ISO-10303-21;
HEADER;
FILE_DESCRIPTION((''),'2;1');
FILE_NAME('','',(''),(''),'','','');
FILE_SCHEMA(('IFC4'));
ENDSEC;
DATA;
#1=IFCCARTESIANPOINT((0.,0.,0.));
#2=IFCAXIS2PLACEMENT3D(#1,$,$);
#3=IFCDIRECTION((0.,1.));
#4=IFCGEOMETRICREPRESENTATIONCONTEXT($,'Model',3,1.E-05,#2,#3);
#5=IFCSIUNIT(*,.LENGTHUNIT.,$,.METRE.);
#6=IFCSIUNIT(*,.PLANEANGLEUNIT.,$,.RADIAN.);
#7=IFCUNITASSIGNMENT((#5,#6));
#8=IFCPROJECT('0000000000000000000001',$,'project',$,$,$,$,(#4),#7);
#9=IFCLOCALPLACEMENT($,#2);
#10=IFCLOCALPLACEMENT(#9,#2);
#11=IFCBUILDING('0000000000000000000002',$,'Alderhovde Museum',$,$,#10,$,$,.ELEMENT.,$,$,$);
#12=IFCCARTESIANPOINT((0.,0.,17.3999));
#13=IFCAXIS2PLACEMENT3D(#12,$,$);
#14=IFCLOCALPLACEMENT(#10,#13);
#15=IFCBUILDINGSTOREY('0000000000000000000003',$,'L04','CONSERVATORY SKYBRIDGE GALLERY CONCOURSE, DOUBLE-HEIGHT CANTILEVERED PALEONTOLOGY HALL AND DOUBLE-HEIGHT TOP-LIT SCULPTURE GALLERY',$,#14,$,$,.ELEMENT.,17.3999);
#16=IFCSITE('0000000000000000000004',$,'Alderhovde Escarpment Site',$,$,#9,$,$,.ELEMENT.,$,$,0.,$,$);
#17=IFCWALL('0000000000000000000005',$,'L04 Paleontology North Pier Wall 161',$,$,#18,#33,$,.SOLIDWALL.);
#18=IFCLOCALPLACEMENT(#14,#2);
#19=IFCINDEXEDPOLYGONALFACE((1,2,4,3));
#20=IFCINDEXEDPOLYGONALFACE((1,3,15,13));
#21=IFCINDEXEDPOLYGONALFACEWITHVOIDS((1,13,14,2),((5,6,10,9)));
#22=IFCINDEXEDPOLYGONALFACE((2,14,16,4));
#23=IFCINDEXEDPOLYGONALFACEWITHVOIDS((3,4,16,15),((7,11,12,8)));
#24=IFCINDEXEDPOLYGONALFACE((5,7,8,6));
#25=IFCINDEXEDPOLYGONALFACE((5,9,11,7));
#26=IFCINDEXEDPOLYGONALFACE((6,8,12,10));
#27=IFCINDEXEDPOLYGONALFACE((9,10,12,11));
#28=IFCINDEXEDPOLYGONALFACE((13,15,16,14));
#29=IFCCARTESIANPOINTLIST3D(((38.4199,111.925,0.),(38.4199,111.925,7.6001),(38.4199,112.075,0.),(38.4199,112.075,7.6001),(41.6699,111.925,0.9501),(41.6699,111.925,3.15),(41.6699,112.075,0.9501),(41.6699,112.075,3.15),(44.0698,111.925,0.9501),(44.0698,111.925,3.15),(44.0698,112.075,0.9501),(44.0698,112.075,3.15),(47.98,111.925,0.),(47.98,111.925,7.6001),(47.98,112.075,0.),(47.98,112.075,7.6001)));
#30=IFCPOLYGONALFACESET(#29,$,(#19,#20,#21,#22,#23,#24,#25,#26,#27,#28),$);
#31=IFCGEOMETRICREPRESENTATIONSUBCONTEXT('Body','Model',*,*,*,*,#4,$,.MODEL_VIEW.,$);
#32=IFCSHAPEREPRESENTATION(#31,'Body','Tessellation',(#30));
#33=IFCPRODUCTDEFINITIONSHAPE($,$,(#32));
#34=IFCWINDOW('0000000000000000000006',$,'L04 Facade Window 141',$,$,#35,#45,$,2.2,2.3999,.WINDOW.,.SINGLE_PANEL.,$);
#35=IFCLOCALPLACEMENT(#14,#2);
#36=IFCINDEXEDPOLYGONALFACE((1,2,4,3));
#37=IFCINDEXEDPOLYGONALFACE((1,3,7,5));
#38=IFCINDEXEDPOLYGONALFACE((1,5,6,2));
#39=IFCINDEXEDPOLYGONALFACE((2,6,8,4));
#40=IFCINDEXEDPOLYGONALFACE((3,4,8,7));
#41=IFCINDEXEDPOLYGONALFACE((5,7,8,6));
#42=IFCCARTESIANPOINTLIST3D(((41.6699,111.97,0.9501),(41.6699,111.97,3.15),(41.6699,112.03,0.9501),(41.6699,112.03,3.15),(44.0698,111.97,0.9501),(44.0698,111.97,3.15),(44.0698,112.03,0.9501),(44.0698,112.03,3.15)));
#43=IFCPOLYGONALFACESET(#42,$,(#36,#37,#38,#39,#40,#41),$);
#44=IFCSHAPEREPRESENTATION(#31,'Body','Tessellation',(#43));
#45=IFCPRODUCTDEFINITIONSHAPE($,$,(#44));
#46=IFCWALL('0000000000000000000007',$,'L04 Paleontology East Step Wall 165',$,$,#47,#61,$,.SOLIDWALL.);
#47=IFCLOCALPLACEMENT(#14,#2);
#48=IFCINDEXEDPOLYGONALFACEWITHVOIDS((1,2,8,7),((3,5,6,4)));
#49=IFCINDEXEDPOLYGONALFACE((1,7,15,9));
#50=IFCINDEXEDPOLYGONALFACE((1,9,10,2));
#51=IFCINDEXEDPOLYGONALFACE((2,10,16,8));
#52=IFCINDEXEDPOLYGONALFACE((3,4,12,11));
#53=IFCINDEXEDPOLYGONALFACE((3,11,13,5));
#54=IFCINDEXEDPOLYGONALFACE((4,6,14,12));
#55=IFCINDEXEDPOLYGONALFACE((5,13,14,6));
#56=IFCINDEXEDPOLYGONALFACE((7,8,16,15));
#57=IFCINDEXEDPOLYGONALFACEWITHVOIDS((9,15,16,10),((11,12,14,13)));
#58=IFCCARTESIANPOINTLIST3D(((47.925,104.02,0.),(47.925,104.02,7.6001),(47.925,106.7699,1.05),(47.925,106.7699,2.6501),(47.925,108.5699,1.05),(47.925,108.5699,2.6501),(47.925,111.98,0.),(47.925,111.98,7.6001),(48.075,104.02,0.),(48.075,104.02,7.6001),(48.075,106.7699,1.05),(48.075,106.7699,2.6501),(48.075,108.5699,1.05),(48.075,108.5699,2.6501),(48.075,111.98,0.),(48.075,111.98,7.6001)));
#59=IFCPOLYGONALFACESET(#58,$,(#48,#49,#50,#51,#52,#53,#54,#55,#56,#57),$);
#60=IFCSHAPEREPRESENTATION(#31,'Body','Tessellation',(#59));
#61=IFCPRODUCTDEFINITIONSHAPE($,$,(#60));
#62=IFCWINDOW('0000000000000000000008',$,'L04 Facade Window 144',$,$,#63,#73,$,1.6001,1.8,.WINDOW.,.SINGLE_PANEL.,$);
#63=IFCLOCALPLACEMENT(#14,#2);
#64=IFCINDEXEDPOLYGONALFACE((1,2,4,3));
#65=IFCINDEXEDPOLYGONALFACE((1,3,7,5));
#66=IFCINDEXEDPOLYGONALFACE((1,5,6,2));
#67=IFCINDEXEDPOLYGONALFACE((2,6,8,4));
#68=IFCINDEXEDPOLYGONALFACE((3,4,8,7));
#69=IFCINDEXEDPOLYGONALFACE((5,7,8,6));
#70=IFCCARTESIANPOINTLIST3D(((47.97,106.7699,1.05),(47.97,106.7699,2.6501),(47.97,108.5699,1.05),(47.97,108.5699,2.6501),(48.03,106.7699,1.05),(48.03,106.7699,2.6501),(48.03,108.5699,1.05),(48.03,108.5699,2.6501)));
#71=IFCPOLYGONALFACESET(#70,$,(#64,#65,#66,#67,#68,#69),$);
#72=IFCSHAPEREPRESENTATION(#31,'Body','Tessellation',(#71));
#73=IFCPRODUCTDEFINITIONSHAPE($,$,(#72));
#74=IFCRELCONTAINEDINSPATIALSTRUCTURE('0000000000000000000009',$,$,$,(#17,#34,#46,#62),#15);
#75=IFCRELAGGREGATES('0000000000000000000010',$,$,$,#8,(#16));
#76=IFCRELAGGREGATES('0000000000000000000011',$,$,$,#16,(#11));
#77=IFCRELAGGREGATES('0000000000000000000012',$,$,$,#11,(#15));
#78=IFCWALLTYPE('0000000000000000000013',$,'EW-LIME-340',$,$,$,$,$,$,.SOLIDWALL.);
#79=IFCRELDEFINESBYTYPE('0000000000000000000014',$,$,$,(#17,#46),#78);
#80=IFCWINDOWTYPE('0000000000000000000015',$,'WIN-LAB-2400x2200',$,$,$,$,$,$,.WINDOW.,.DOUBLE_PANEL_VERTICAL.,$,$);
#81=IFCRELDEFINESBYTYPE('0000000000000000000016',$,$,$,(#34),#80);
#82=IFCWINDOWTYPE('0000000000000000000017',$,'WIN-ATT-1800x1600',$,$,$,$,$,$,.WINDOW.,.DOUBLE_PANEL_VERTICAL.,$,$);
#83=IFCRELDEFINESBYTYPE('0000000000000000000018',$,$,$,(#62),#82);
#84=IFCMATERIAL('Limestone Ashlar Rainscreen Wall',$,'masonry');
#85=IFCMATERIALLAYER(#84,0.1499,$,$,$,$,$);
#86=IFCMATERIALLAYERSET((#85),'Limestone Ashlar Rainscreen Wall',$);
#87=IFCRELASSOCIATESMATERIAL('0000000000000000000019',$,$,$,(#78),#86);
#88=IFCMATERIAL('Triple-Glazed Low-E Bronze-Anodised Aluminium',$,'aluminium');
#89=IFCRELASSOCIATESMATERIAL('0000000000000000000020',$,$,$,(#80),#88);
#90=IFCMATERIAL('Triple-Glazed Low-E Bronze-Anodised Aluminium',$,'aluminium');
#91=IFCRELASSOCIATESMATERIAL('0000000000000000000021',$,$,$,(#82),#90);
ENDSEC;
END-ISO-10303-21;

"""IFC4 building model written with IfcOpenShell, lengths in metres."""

from ifc_helpers import new_model, si_unit, direction, frame, frame_2d, origin, place, context, subcontext, project, spatial, rectangle, extrude, material, layer, layer_set, type_object, element, fill, save


model = new_model("IFC4")

# Units and contexts
model_context = context("Model", 3, precision=1e-05, world=origin(), true_north=direction((0.0, 1.0)))
body_context = subcontext(model_context, "Body", "Model", "MODEL_VIEW")
ifc_project = project(units=[si_unit("LENGTHUNIT", "METRE"), si_unit("PLANEANGLEUNIT", "RADIAN")], contexts=[model_context])

# Site, building, storey
site_placement = place(None, origin())
site = spatial("IfcSite", under=ifc_project, at=site_placement, Name="Alderhovde Escarpment Site", CompositionType="ELEMENT", RefElevation=0.0)
building_placement = place(site_placement, origin())
building = spatial("IfcBuilding", under=site, at=building_placement, Name="Alderhovde Museum", CompositionType="ELEMENT")
storey_placement = place(building_placement, frame((0.0, 0.0, 17.3999)))
storey = spatial("IfcBuildingStorey", under=building, at=storey_placement, Name="L04", Description="CONSERVATORY SKYBRIDGE GALLERY CONCOURSE, DOUBLE-HEIGHT CANTILEVERED PALEONTOLOGY HALL AND DOUBLE-HEIGHT TOP-LIT SCULPTURE GALLERY", CompositionType="ELEMENT", Elevation=17.3999)

# Walls, openings, windows
ifc_material_1 = material(Name="Limestone Ashlar Rainscreen Wall", Category="masonry")
ifc_layer_1 = layer(ifc_material_1, 0.1499)
ifc_layer_set_1 = layer_set([ifc_layer_1], Name="Limestone Ashlar Rainscreen Wall")
wall_type = type_object("IfcWallType", Name="EW-LIME-340", PredefinedType="SOLIDWALL", material=ifc_layer_set_1)
ifc_material_2 = material(Name="Triple-Glazed Low-E Bronze-Anodised Aluminium", Category="aluminium")
window_type_1 = type_object("IfcWindowType", Name="WIN-LAB-2400x2200", PartitioningType="DOUBLE_PANEL_VERTICAL", PredefinedType="WINDOW", material=ifc_material_2)
wall_1_placement = place(storey_placement, frame((38.4199, 112.0, 0.0), z_axis=(0.0, 0.0, 1.0), x_axis=(1.0, 0.0, 0.0)))
wall_1 = element("IfcWall", 1, at=wall_1_placement, inside=storey, type_object=wall_type, Name="L04 Paleontology North Pier Wall 161", PredefinedType="SOLIDWALL", context=body_context, shape_type="SweptSolid", body=[
    extrude(rectangle(XDim=9.5601, YDim=0.1499, at=frame_2d((4.78, 0.0))), origin(), (0.0, 0.0, 1.0), 7.6001),
])
opening_1_placement = place(wall_1_placement, frame((3.25, 0.0, 0.95)))
opening_1 = element("IfcOpeningElement", 2, at=opening_1_placement, cuts=wall_1, PredefinedType="OPENING", context=body_context, shape_type="SweptSolid", body=[
    extrude(rectangle(XDim=2.3999, YDim=2.2, at=frame_2d((1.2, 1.1001))), frame((0.0, 0.085, 0.0), z_axis=(0.0, -1.0, 0.0), x_axis=(1.0, 0.0, 0.0)), (0.0, 0.0, 1.0), 0.1699),
])
window_1_placement = place(opening_1_placement, origin())
window_1 = element("IfcWindow", 3, at=window_1_placement, inside=storey, type_object=window_type_1, Name="L04 Facade Window 141", OverallHeight=2.2, OverallWidth=2.3999, PartitioningType="SINGLE_PANEL", PredefinedType="WINDOW", context=body_context, shape_type="SweptSolid", body=[
    extrude(rectangle(XDim=2.3999, YDim=2.2, at=frame_2d((1.2, 1.1001))), frame((0.0, 0.03, 0.0), z_axis=(0.0, -1.0, 0.0), x_axis=(1.0, 0.0, 0.0)), (0.0, 0.0, 1.0), 0.0601),
])
fill(opening_1, window_1)
wall_2_placement = place(storey_placement, frame((48.0, 104.02, 0.0), z_axis=(0.0, 0.0, 1.0), x_axis=(0.0, 1.0, 0.0)))
wall_2 = element("IfcWall", 4, at=wall_2_placement, inside=storey, type_object=wall_type, Name="L04 Paleontology East Step Wall 165", PredefinedType="SOLIDWALL", context=body_context, shape_type="SweptSolid", body=[
    extrude(rectangle(XDim=7.96, YDim=0.1499, at=frame_2d((3.98, 0.0))), origin(), (0.0, 0.0, 1.0), 7.6001),
])
opening_2_placement = place(wall_2_placement, frame((2.75, 0.0, 1.05)))
opening_2 = element("IfcOpeningElement", 5, at=opening_2_placement, cuts=wall_2, PredefinedType="OPENING", context=body_context, shape_type="SweptSolid", body=[
    extrude(rectangle(XDim=1.8, YDim=1.6001, at=frame_2d((0.8999, 0.8))), frame((0.0, 0.085, 0.0), z_axis=(0.0, -1.0, 0.0), x_axis=(1.0, 0.0, 0.0)), (0.0, 0.0, 1.0), 0.1699),
])
ifc_material_3 = material(Name="Triple-Glazed Low-E Bronze-Anodised Aluminium", Category="aluminium")
window_type_2 = type_object("IfcWindowType", Name="WIN-ATT-1800x1600", PartitioningType="DOUBLE_PANEL_VERTICAL", PredefinedType="WINDOW", material=ifc_material_3)
window_2_placement = place(opening_2_placement, origin())
window_2 = element("IfcWindow", 6, at=window_2_placement, inside=storey, type_object=window_type_2, Name="L04 Facade Window 144", OverallHeight=1.6001, OverallWidth=1.8, PartitioningType="SINGLE_PANEL", PredefinedType="WINDOW", context=body_context, shape_type="SweptSolid", body=[
    extrude(rectangle(XDim=1.8, YDim=1.6001, at=frame_2d((0.8999, 0.8))), frame((0.0, 0.03, 0.0), z_axis=(0.0, -1.0, 0.0), x_axis=(1.0, 0.0, 0.0)), (0.0, 0.0, 1.0), 0.0601),
])
fill(opening_2, window_2)

save(model, "model.ifc")
